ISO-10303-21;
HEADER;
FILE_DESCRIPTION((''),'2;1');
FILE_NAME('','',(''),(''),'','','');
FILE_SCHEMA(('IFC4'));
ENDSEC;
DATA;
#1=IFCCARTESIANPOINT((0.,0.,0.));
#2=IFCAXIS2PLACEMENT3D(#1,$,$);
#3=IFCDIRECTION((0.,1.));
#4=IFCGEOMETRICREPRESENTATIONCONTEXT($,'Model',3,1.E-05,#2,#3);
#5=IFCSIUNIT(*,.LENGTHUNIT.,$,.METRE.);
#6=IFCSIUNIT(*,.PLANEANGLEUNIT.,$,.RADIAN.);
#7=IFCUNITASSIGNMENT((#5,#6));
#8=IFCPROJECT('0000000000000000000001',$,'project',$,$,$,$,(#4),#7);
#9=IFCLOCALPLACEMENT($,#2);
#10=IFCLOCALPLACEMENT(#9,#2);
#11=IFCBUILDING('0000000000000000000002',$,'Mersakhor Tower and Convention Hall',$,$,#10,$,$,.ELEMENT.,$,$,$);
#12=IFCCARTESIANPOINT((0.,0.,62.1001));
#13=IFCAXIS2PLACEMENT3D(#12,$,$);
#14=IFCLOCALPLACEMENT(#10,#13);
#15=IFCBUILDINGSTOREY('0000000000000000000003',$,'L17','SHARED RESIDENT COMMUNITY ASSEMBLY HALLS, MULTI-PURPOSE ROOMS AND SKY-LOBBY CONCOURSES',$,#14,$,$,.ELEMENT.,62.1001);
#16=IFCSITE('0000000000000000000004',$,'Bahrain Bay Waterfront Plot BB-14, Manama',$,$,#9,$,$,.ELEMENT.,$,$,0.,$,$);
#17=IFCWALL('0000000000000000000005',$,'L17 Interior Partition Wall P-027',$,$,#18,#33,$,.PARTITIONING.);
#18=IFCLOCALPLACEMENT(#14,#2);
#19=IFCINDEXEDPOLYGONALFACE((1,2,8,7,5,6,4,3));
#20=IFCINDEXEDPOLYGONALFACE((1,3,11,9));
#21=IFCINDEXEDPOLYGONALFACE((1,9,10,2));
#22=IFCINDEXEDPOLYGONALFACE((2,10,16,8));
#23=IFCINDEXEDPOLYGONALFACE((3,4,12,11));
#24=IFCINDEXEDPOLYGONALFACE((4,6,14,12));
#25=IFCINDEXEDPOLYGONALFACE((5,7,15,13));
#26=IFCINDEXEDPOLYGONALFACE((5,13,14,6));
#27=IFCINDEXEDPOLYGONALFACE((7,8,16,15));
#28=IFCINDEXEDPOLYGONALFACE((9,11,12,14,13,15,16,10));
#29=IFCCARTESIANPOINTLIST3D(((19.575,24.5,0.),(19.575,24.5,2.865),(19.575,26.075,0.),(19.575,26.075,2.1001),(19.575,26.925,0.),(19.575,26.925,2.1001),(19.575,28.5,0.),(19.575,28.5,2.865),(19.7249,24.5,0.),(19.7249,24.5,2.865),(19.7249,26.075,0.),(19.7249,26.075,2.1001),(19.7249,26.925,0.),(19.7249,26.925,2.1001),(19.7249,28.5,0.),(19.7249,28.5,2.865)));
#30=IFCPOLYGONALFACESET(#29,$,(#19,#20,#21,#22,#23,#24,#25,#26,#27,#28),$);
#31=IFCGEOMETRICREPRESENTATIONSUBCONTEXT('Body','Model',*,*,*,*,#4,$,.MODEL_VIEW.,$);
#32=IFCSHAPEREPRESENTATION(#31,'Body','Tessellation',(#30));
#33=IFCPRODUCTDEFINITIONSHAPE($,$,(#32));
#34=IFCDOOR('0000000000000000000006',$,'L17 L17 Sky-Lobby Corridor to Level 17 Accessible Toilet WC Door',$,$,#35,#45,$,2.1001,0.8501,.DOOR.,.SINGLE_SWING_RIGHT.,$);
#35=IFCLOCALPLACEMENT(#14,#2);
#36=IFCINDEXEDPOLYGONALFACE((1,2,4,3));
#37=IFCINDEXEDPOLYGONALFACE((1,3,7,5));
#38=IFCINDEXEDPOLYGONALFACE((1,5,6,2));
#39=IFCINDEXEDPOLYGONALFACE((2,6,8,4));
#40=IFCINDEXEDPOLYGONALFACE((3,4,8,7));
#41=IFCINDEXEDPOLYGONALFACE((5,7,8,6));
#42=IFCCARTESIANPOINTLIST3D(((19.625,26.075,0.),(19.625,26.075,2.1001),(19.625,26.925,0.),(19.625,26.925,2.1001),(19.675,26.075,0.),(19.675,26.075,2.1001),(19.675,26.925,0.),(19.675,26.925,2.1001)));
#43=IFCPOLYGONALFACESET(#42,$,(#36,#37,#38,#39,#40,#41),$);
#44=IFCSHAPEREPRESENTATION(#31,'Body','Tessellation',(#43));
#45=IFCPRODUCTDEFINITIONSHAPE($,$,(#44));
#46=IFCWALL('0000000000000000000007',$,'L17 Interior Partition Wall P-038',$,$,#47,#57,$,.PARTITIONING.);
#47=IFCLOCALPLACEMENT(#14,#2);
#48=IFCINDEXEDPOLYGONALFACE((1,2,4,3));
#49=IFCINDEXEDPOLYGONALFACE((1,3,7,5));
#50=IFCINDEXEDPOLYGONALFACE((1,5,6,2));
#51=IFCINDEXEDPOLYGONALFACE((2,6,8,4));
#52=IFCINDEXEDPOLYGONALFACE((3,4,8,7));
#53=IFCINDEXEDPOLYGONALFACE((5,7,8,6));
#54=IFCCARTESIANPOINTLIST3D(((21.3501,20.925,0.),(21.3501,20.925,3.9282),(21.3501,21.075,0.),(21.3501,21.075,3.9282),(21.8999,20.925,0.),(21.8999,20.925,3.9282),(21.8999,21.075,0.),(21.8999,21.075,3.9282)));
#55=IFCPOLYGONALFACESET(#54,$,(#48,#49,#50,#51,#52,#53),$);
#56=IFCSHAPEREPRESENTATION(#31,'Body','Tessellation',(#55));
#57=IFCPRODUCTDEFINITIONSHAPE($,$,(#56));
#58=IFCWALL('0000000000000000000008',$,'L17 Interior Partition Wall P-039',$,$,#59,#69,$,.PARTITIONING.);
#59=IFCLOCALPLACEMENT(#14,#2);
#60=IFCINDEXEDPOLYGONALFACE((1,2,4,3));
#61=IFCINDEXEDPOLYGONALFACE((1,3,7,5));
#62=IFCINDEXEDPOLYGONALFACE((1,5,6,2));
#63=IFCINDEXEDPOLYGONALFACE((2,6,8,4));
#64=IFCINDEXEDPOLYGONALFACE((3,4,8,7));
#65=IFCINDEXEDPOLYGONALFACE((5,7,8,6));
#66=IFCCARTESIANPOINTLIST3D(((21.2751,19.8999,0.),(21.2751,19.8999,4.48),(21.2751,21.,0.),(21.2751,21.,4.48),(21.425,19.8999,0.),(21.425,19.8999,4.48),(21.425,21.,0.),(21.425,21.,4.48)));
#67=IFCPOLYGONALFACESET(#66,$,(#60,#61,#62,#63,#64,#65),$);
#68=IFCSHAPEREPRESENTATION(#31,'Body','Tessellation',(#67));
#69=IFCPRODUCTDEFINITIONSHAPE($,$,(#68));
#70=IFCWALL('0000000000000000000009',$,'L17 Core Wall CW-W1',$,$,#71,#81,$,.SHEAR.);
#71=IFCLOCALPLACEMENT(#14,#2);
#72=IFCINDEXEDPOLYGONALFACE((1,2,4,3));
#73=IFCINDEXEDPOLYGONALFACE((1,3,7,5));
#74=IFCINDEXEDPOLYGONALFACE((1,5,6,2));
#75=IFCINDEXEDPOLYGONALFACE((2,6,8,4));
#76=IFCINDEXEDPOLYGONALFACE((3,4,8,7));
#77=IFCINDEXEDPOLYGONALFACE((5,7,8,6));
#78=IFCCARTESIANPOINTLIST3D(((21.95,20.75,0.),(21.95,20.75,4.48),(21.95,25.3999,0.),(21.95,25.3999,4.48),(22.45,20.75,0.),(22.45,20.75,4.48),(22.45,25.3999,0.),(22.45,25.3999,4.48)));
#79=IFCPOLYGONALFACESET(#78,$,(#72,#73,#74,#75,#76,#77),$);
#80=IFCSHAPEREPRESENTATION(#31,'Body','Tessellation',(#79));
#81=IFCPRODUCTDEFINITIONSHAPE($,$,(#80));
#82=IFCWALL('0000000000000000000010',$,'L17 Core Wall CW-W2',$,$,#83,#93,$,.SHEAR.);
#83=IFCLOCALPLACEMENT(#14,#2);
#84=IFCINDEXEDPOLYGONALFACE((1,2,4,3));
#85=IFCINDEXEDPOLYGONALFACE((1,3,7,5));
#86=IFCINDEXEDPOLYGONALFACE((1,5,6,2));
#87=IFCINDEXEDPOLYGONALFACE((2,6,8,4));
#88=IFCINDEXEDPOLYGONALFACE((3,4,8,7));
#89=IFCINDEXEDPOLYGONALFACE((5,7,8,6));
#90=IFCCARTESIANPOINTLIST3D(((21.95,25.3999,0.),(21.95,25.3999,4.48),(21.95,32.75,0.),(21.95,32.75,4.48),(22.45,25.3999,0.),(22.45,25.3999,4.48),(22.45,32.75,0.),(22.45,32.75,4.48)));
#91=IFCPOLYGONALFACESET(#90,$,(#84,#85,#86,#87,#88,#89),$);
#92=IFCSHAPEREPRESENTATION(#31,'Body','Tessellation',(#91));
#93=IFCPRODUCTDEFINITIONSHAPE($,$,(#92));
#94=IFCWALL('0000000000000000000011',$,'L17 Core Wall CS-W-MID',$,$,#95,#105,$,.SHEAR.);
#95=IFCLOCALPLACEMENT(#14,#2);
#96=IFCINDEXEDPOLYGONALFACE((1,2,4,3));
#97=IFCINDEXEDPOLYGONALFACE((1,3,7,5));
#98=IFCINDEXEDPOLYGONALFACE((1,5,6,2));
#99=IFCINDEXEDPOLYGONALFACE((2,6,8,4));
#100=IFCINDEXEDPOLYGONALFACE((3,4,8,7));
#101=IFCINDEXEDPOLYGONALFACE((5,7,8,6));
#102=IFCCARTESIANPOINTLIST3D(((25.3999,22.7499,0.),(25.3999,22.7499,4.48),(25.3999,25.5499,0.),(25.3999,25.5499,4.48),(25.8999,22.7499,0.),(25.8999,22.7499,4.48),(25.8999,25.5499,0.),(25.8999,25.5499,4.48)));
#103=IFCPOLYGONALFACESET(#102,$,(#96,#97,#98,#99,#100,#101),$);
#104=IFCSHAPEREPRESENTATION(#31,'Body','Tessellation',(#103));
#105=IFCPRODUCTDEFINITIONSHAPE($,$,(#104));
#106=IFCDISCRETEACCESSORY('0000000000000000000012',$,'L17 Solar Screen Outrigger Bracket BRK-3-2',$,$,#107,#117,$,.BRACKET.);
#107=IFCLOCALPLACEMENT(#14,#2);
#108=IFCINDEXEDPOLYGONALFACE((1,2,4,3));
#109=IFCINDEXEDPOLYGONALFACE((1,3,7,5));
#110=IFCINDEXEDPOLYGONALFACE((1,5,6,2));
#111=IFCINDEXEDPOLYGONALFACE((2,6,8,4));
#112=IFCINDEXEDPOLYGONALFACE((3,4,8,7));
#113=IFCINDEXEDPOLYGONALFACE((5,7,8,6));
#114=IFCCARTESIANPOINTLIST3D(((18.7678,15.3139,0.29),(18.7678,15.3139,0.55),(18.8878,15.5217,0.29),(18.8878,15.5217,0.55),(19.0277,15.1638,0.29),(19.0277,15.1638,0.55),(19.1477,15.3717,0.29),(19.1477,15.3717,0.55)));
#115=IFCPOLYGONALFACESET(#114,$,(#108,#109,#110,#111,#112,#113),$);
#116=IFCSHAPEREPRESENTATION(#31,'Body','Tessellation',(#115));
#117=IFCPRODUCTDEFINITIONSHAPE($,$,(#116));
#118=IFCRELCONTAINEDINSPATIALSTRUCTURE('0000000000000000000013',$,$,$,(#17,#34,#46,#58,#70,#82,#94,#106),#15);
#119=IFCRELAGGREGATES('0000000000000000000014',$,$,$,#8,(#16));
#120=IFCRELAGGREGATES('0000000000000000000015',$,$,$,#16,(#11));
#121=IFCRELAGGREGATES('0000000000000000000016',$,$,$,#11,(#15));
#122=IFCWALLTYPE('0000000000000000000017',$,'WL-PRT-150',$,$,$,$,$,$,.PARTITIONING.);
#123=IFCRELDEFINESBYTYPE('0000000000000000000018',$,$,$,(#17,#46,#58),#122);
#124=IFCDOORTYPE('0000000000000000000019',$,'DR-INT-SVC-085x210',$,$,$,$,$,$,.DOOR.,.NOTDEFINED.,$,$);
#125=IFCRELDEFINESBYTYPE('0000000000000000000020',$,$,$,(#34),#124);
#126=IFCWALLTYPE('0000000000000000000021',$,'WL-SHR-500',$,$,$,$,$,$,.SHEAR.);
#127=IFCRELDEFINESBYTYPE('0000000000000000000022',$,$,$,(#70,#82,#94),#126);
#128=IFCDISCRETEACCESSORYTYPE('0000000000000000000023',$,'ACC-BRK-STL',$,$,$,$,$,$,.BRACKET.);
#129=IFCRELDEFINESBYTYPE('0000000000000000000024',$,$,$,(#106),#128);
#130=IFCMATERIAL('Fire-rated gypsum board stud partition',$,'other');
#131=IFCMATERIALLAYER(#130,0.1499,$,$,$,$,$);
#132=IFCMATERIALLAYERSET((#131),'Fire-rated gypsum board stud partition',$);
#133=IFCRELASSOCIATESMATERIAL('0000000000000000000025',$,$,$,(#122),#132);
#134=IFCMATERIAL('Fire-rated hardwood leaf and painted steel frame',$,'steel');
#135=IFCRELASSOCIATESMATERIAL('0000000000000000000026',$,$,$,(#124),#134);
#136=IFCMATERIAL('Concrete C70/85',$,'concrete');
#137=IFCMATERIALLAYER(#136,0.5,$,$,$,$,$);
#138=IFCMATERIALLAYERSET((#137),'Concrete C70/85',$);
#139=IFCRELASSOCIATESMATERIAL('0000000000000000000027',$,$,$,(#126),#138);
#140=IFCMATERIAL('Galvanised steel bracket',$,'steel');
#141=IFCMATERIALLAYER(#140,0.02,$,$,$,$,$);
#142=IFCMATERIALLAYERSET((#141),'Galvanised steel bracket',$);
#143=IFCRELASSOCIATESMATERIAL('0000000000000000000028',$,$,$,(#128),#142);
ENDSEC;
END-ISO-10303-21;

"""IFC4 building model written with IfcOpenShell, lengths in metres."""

from ifc_helpers import new_model, si_unit, direction, frame, frame_2d, origin, origin_2d, place, context, subcontext, project, spatial, rectangle, extrude, material, layer, layer_set, type_object, element, fill, save


model = new_model("IFC4")

# Units and contexts
model_context = context("Model", 3, precision=1e-05, world=origin(), true_north=direction((0.0, 1.0)))
body_context = subcontext(model_context, "Body", "Model", "MODEL_VIEW")
ifc_project = project(units=[si_unit("LENGTHUNIT", "METRE"), si_unit("PLANEANGLEUNIT", "RADIAN")], contexts=[model_context])

# Site, building, storey
site_placement = place(None, origin())
site = spatial("IfcSite", under=ifc_project, at=site_placement, Name="Bahrain Bay Waterfront Plot BB-14, Manama", CompositionType="ELEMENT", RefElevation=0.0)
building_placement = place(site_placement, origin())
building = spatial("IfcBuilding", under=site, at=building_placement, Name="Mersakhor Tower and Convention Hall", CompositionType="ELEMENT")
storey_placement = place(building_placement, frame((0.0, 0.0, 62.1001)))
storey = spatial("IfcBuildingStorey", under=building, at=storey_placement, Name="L17", Description="SHARED RESIDENT COMMUNITY ASSEMBLY HALLS, MULTI-PURPOSE ROOMS AND SKY-LOBBY CONCOURSES", CompositionType="ELEMENT", Elevation=62.1001)

# Shared definitions
ifc_material_1 = material(Name="Fire-rated gypsum board stud partition", Category="other")
ifc_layer_1 = layer(ifc_material_1, 0.1499)
ifc_layer_set_1 = layer_set([ifc_layer_1], Name="Fire-rated gypsum board stud partition")
wall_type_1 = type_object("IfcWallType", Name="WL-PRT-150", PredefinedType="PARTITIONING", material=ifc_layer_set_1)

# Wall, opening, door
ifc_material_2 = material(Name="Fire-rated hardwood leaf and painted steel frame", Category="steel")
door_type_1 = type_object("IfcDoorType", Name="DR-INT-SVC-085x210", OperationType="NOTDEFINED", PredefinedType="DOOR", material=ifc_material_2)
wall_1_placement = place(storey_placement, frame((19.6499, 24.5, 0.0), z_axis=(0.0, 0.0, 1.0), x_axis=(0.0, 1.0, 0.0)))
wall_1 = element("IfcWall", 1, at=wall_1_placement, inside=storey, type_object=wall_type_1, Name="L17 Interior Partition Wall P-027", PredefinedType="PARTITIONING", context=body_context, shape_type="SweptSolid", body=[
    extrude(rectangle(XDim=4.0, YDim=0.1499, at=frame_2d((2.0, 0.0))), origin(), (0.0, 0.0, 1.0), 2.865),
])
opening_1_placement = place(wall_1_placement, frame((1.575, 0.0, 0.0)))
opening_1 = element("IfcOpeningElement", 2, at=opening_1_placement, cuts=wall_1, PredefinedType="OPENING", context=body_context, shape_type="SweptSolid", body=[
    extrude(rectangle(XDim=0.8501, YDim=2.1001, at=frame_2d((0.425, 1.05))), frame((0.0, 0.085, 0.0), z_axis=(0.0, -1.0, 0.0), x_axis=(1.0, 0.0, 0.0)), (0.0, 0.0, 1.0), 0.1699),
])
door_1_placement = place(opening_1_placement, origin())
door_1 = element("IfcDoor", 3, at=door_1_placement, inside=storey, type_object=door_type_1, Name="L17 L17 Sky-Lobby Corridor to Level 17 Accessible Toilet WC Door", OperationType="SINGLE_SWING_RIGHT", OverallHeight=2.1001, OverallWidth=0.8501, PredefinedType="DOOR", context=body_context, shape_type="SweptSolid", body=[
    extrude(rectangle(XDim=0.8501, YDim=2.1001, at=frame_2d((0.425, 1.05))), frame((0.0, 0.0249, 0.0), z_axis=(0.0, -1.0, 0.0), x_axis=(1.0, 0.0, 0.0)), (0.0, 0.0, 1.0), 0.05),
])
fill(opening_1, door_1)

# Walls
wall_2_placement = place(storey_placement, frame((21.8999, 21.0, 0.0), z_axis=(0.0, 0.0, 1.0), x_axis=(-1.0, 0.0, 0.0)))
element("IfcWall", 4, at=wall_2_placement, inside=storey, type_object=wall_type_1, Name="L17 Interior Partition Wall P-038", PredefinedType="PARTITIONING", context=body_context, shape_type="SweptSolid", body=[
    extrude(rectangle(XDim=0.5498, YDim=0.1499, at=frame_2d((0.2749, 0.0))), origin(), (0.0, 0.0, 1.0), 3.9282),
])
wall_3_placement = place(storey_placement, frame((21.3501, 21.0, 0.0), z_axis=(0.0, 0.0, 1.0), x_axis=(0.0, -1.0, 0.0)))
element("IfcWall", 5, at=wall_3_placement, inside=storey, type_object=wall_type_1, Name="L17 Interior Partition Wall P-039", PredefinedType="PARTITIONING", context=body_context, shape_type="SweptSolid", body=[
    extrude(rectangle(XDim=1.1001, YDim=0.1499, at=frame_2d((0.55, 0.0))), origin(), (0.0, 0.0, 1.0), 4.48),
])

# Walls
ifc_material_3 = material(Name="Concrete C70/85", Category="concrete")
ifc_layer_2 = layer(ifc_material_3, 0.5)
ifc_layer_set_2 = layer_set([ifc_layer_2], Name="Concrete C70/85")
wall_type_2 = type_object("IfcWallType", Name="WL-SHR-500", PredefinedType="SHEAR", material=ifc_layer_set_2)
wall_4_placement = place(storey_placement, frame((22.2, 20.75, 0.0), z_axis=(0.0, 0.0, 1.0), x_axis=(0.0, 1.0, 0.0)))
element("IfcWall", 6, at=wall_4_placement, inside=storey, type_object=wall_type_2, Name="L17 Core Wall CW-W1", PredefinedType="SHEAR", context=body_context, shape_type="SweptSolid", body=[
    extrude(rectangle(XDim=4.6499, YDim=0.5, at=frame_2d((2.325, 0.0))), origin(), (0.0, 0.0, 1.0), 4.48),
])
wall_5_placement = place(storey_placement, frame((22.2, 25.3999, 0.0), z_axis=(0.0, 0.0, 1.0), x_axis=(0.0, 1.0, 0.0)))
element("IfcWall", 7, at=wall_5_placement, inside=storey, type_object=wall_type_2, Name="L17 Core Wall CW-W2", PredefinedType="SHEAR", context=body_context, shape_type="SweptSolid", body=[
    extrude(rectangle(XDim=7.3501, YDim=0.5, at=frame_2d((3.675, 0.0))), origin(), (0.0, 0.0, 1.0), 4.48),
])

# Wall
wall_6_placement = place(storey_placement, frame((25.6499, 22.75, 0.0), z_axis=(0.0, 0.0, 1.0), x_axis=(0.0, 1.0, 0.0)))
element("IfcWall", 8, at=wall_6_placement, inside=storey, type_object=wall_type_2, Name="L17 Core Wall CS-W-MID", PredefinedType="SHEAR", context=body_context, shape_type="SweptSolid", body=[
    extrude(rectangle(XDim=2.8, YDim=0.5, at=frame_2d((1.3999, 0.0))), origin(), (0.0, 0.0, 1.0), 4.48),
])

# Discrete accessory
ifc_material_4 = material(Name="Galvanised steel bracket", Category="steel")
ifc_layer_3 = layer(ifc_material_4, 0.02)
ifc_layer_set_3 = layer_set([ifc_layer_3], Name="Galvanised steel bracket")
discrete_accessory_type = type_object("IfcDiscreteAccessoryType", Name="ACC-BRK-STL", PredefinedType="BRACKET", material=ifc_layer_set_3)
discrete_accessory_placement = place(storey_placement, frame((18.9578, 15.3428, 0.29), z_axis=(0.0, 0.0, 1.0), x_axis=(-0.866025, 0.5, 0.0)))
element("IfcDiscreteAccessory", 9, at=discrete_accessory_placement, inside=storey, type_object=discrete_accessory_type, Name="L17 Solar Screen Outrigger Bracket BRK-3-2", PredefinedType="BRACKET", context=body_context, shape_type="SweptSolid", body=[
    extrude(rectangle(XDim=0.3, YDim=0.24, at=origin_2d()), origin(), (0.0, 0.0, 1.0), 0.26),
])

save(model, "model.ifc")
